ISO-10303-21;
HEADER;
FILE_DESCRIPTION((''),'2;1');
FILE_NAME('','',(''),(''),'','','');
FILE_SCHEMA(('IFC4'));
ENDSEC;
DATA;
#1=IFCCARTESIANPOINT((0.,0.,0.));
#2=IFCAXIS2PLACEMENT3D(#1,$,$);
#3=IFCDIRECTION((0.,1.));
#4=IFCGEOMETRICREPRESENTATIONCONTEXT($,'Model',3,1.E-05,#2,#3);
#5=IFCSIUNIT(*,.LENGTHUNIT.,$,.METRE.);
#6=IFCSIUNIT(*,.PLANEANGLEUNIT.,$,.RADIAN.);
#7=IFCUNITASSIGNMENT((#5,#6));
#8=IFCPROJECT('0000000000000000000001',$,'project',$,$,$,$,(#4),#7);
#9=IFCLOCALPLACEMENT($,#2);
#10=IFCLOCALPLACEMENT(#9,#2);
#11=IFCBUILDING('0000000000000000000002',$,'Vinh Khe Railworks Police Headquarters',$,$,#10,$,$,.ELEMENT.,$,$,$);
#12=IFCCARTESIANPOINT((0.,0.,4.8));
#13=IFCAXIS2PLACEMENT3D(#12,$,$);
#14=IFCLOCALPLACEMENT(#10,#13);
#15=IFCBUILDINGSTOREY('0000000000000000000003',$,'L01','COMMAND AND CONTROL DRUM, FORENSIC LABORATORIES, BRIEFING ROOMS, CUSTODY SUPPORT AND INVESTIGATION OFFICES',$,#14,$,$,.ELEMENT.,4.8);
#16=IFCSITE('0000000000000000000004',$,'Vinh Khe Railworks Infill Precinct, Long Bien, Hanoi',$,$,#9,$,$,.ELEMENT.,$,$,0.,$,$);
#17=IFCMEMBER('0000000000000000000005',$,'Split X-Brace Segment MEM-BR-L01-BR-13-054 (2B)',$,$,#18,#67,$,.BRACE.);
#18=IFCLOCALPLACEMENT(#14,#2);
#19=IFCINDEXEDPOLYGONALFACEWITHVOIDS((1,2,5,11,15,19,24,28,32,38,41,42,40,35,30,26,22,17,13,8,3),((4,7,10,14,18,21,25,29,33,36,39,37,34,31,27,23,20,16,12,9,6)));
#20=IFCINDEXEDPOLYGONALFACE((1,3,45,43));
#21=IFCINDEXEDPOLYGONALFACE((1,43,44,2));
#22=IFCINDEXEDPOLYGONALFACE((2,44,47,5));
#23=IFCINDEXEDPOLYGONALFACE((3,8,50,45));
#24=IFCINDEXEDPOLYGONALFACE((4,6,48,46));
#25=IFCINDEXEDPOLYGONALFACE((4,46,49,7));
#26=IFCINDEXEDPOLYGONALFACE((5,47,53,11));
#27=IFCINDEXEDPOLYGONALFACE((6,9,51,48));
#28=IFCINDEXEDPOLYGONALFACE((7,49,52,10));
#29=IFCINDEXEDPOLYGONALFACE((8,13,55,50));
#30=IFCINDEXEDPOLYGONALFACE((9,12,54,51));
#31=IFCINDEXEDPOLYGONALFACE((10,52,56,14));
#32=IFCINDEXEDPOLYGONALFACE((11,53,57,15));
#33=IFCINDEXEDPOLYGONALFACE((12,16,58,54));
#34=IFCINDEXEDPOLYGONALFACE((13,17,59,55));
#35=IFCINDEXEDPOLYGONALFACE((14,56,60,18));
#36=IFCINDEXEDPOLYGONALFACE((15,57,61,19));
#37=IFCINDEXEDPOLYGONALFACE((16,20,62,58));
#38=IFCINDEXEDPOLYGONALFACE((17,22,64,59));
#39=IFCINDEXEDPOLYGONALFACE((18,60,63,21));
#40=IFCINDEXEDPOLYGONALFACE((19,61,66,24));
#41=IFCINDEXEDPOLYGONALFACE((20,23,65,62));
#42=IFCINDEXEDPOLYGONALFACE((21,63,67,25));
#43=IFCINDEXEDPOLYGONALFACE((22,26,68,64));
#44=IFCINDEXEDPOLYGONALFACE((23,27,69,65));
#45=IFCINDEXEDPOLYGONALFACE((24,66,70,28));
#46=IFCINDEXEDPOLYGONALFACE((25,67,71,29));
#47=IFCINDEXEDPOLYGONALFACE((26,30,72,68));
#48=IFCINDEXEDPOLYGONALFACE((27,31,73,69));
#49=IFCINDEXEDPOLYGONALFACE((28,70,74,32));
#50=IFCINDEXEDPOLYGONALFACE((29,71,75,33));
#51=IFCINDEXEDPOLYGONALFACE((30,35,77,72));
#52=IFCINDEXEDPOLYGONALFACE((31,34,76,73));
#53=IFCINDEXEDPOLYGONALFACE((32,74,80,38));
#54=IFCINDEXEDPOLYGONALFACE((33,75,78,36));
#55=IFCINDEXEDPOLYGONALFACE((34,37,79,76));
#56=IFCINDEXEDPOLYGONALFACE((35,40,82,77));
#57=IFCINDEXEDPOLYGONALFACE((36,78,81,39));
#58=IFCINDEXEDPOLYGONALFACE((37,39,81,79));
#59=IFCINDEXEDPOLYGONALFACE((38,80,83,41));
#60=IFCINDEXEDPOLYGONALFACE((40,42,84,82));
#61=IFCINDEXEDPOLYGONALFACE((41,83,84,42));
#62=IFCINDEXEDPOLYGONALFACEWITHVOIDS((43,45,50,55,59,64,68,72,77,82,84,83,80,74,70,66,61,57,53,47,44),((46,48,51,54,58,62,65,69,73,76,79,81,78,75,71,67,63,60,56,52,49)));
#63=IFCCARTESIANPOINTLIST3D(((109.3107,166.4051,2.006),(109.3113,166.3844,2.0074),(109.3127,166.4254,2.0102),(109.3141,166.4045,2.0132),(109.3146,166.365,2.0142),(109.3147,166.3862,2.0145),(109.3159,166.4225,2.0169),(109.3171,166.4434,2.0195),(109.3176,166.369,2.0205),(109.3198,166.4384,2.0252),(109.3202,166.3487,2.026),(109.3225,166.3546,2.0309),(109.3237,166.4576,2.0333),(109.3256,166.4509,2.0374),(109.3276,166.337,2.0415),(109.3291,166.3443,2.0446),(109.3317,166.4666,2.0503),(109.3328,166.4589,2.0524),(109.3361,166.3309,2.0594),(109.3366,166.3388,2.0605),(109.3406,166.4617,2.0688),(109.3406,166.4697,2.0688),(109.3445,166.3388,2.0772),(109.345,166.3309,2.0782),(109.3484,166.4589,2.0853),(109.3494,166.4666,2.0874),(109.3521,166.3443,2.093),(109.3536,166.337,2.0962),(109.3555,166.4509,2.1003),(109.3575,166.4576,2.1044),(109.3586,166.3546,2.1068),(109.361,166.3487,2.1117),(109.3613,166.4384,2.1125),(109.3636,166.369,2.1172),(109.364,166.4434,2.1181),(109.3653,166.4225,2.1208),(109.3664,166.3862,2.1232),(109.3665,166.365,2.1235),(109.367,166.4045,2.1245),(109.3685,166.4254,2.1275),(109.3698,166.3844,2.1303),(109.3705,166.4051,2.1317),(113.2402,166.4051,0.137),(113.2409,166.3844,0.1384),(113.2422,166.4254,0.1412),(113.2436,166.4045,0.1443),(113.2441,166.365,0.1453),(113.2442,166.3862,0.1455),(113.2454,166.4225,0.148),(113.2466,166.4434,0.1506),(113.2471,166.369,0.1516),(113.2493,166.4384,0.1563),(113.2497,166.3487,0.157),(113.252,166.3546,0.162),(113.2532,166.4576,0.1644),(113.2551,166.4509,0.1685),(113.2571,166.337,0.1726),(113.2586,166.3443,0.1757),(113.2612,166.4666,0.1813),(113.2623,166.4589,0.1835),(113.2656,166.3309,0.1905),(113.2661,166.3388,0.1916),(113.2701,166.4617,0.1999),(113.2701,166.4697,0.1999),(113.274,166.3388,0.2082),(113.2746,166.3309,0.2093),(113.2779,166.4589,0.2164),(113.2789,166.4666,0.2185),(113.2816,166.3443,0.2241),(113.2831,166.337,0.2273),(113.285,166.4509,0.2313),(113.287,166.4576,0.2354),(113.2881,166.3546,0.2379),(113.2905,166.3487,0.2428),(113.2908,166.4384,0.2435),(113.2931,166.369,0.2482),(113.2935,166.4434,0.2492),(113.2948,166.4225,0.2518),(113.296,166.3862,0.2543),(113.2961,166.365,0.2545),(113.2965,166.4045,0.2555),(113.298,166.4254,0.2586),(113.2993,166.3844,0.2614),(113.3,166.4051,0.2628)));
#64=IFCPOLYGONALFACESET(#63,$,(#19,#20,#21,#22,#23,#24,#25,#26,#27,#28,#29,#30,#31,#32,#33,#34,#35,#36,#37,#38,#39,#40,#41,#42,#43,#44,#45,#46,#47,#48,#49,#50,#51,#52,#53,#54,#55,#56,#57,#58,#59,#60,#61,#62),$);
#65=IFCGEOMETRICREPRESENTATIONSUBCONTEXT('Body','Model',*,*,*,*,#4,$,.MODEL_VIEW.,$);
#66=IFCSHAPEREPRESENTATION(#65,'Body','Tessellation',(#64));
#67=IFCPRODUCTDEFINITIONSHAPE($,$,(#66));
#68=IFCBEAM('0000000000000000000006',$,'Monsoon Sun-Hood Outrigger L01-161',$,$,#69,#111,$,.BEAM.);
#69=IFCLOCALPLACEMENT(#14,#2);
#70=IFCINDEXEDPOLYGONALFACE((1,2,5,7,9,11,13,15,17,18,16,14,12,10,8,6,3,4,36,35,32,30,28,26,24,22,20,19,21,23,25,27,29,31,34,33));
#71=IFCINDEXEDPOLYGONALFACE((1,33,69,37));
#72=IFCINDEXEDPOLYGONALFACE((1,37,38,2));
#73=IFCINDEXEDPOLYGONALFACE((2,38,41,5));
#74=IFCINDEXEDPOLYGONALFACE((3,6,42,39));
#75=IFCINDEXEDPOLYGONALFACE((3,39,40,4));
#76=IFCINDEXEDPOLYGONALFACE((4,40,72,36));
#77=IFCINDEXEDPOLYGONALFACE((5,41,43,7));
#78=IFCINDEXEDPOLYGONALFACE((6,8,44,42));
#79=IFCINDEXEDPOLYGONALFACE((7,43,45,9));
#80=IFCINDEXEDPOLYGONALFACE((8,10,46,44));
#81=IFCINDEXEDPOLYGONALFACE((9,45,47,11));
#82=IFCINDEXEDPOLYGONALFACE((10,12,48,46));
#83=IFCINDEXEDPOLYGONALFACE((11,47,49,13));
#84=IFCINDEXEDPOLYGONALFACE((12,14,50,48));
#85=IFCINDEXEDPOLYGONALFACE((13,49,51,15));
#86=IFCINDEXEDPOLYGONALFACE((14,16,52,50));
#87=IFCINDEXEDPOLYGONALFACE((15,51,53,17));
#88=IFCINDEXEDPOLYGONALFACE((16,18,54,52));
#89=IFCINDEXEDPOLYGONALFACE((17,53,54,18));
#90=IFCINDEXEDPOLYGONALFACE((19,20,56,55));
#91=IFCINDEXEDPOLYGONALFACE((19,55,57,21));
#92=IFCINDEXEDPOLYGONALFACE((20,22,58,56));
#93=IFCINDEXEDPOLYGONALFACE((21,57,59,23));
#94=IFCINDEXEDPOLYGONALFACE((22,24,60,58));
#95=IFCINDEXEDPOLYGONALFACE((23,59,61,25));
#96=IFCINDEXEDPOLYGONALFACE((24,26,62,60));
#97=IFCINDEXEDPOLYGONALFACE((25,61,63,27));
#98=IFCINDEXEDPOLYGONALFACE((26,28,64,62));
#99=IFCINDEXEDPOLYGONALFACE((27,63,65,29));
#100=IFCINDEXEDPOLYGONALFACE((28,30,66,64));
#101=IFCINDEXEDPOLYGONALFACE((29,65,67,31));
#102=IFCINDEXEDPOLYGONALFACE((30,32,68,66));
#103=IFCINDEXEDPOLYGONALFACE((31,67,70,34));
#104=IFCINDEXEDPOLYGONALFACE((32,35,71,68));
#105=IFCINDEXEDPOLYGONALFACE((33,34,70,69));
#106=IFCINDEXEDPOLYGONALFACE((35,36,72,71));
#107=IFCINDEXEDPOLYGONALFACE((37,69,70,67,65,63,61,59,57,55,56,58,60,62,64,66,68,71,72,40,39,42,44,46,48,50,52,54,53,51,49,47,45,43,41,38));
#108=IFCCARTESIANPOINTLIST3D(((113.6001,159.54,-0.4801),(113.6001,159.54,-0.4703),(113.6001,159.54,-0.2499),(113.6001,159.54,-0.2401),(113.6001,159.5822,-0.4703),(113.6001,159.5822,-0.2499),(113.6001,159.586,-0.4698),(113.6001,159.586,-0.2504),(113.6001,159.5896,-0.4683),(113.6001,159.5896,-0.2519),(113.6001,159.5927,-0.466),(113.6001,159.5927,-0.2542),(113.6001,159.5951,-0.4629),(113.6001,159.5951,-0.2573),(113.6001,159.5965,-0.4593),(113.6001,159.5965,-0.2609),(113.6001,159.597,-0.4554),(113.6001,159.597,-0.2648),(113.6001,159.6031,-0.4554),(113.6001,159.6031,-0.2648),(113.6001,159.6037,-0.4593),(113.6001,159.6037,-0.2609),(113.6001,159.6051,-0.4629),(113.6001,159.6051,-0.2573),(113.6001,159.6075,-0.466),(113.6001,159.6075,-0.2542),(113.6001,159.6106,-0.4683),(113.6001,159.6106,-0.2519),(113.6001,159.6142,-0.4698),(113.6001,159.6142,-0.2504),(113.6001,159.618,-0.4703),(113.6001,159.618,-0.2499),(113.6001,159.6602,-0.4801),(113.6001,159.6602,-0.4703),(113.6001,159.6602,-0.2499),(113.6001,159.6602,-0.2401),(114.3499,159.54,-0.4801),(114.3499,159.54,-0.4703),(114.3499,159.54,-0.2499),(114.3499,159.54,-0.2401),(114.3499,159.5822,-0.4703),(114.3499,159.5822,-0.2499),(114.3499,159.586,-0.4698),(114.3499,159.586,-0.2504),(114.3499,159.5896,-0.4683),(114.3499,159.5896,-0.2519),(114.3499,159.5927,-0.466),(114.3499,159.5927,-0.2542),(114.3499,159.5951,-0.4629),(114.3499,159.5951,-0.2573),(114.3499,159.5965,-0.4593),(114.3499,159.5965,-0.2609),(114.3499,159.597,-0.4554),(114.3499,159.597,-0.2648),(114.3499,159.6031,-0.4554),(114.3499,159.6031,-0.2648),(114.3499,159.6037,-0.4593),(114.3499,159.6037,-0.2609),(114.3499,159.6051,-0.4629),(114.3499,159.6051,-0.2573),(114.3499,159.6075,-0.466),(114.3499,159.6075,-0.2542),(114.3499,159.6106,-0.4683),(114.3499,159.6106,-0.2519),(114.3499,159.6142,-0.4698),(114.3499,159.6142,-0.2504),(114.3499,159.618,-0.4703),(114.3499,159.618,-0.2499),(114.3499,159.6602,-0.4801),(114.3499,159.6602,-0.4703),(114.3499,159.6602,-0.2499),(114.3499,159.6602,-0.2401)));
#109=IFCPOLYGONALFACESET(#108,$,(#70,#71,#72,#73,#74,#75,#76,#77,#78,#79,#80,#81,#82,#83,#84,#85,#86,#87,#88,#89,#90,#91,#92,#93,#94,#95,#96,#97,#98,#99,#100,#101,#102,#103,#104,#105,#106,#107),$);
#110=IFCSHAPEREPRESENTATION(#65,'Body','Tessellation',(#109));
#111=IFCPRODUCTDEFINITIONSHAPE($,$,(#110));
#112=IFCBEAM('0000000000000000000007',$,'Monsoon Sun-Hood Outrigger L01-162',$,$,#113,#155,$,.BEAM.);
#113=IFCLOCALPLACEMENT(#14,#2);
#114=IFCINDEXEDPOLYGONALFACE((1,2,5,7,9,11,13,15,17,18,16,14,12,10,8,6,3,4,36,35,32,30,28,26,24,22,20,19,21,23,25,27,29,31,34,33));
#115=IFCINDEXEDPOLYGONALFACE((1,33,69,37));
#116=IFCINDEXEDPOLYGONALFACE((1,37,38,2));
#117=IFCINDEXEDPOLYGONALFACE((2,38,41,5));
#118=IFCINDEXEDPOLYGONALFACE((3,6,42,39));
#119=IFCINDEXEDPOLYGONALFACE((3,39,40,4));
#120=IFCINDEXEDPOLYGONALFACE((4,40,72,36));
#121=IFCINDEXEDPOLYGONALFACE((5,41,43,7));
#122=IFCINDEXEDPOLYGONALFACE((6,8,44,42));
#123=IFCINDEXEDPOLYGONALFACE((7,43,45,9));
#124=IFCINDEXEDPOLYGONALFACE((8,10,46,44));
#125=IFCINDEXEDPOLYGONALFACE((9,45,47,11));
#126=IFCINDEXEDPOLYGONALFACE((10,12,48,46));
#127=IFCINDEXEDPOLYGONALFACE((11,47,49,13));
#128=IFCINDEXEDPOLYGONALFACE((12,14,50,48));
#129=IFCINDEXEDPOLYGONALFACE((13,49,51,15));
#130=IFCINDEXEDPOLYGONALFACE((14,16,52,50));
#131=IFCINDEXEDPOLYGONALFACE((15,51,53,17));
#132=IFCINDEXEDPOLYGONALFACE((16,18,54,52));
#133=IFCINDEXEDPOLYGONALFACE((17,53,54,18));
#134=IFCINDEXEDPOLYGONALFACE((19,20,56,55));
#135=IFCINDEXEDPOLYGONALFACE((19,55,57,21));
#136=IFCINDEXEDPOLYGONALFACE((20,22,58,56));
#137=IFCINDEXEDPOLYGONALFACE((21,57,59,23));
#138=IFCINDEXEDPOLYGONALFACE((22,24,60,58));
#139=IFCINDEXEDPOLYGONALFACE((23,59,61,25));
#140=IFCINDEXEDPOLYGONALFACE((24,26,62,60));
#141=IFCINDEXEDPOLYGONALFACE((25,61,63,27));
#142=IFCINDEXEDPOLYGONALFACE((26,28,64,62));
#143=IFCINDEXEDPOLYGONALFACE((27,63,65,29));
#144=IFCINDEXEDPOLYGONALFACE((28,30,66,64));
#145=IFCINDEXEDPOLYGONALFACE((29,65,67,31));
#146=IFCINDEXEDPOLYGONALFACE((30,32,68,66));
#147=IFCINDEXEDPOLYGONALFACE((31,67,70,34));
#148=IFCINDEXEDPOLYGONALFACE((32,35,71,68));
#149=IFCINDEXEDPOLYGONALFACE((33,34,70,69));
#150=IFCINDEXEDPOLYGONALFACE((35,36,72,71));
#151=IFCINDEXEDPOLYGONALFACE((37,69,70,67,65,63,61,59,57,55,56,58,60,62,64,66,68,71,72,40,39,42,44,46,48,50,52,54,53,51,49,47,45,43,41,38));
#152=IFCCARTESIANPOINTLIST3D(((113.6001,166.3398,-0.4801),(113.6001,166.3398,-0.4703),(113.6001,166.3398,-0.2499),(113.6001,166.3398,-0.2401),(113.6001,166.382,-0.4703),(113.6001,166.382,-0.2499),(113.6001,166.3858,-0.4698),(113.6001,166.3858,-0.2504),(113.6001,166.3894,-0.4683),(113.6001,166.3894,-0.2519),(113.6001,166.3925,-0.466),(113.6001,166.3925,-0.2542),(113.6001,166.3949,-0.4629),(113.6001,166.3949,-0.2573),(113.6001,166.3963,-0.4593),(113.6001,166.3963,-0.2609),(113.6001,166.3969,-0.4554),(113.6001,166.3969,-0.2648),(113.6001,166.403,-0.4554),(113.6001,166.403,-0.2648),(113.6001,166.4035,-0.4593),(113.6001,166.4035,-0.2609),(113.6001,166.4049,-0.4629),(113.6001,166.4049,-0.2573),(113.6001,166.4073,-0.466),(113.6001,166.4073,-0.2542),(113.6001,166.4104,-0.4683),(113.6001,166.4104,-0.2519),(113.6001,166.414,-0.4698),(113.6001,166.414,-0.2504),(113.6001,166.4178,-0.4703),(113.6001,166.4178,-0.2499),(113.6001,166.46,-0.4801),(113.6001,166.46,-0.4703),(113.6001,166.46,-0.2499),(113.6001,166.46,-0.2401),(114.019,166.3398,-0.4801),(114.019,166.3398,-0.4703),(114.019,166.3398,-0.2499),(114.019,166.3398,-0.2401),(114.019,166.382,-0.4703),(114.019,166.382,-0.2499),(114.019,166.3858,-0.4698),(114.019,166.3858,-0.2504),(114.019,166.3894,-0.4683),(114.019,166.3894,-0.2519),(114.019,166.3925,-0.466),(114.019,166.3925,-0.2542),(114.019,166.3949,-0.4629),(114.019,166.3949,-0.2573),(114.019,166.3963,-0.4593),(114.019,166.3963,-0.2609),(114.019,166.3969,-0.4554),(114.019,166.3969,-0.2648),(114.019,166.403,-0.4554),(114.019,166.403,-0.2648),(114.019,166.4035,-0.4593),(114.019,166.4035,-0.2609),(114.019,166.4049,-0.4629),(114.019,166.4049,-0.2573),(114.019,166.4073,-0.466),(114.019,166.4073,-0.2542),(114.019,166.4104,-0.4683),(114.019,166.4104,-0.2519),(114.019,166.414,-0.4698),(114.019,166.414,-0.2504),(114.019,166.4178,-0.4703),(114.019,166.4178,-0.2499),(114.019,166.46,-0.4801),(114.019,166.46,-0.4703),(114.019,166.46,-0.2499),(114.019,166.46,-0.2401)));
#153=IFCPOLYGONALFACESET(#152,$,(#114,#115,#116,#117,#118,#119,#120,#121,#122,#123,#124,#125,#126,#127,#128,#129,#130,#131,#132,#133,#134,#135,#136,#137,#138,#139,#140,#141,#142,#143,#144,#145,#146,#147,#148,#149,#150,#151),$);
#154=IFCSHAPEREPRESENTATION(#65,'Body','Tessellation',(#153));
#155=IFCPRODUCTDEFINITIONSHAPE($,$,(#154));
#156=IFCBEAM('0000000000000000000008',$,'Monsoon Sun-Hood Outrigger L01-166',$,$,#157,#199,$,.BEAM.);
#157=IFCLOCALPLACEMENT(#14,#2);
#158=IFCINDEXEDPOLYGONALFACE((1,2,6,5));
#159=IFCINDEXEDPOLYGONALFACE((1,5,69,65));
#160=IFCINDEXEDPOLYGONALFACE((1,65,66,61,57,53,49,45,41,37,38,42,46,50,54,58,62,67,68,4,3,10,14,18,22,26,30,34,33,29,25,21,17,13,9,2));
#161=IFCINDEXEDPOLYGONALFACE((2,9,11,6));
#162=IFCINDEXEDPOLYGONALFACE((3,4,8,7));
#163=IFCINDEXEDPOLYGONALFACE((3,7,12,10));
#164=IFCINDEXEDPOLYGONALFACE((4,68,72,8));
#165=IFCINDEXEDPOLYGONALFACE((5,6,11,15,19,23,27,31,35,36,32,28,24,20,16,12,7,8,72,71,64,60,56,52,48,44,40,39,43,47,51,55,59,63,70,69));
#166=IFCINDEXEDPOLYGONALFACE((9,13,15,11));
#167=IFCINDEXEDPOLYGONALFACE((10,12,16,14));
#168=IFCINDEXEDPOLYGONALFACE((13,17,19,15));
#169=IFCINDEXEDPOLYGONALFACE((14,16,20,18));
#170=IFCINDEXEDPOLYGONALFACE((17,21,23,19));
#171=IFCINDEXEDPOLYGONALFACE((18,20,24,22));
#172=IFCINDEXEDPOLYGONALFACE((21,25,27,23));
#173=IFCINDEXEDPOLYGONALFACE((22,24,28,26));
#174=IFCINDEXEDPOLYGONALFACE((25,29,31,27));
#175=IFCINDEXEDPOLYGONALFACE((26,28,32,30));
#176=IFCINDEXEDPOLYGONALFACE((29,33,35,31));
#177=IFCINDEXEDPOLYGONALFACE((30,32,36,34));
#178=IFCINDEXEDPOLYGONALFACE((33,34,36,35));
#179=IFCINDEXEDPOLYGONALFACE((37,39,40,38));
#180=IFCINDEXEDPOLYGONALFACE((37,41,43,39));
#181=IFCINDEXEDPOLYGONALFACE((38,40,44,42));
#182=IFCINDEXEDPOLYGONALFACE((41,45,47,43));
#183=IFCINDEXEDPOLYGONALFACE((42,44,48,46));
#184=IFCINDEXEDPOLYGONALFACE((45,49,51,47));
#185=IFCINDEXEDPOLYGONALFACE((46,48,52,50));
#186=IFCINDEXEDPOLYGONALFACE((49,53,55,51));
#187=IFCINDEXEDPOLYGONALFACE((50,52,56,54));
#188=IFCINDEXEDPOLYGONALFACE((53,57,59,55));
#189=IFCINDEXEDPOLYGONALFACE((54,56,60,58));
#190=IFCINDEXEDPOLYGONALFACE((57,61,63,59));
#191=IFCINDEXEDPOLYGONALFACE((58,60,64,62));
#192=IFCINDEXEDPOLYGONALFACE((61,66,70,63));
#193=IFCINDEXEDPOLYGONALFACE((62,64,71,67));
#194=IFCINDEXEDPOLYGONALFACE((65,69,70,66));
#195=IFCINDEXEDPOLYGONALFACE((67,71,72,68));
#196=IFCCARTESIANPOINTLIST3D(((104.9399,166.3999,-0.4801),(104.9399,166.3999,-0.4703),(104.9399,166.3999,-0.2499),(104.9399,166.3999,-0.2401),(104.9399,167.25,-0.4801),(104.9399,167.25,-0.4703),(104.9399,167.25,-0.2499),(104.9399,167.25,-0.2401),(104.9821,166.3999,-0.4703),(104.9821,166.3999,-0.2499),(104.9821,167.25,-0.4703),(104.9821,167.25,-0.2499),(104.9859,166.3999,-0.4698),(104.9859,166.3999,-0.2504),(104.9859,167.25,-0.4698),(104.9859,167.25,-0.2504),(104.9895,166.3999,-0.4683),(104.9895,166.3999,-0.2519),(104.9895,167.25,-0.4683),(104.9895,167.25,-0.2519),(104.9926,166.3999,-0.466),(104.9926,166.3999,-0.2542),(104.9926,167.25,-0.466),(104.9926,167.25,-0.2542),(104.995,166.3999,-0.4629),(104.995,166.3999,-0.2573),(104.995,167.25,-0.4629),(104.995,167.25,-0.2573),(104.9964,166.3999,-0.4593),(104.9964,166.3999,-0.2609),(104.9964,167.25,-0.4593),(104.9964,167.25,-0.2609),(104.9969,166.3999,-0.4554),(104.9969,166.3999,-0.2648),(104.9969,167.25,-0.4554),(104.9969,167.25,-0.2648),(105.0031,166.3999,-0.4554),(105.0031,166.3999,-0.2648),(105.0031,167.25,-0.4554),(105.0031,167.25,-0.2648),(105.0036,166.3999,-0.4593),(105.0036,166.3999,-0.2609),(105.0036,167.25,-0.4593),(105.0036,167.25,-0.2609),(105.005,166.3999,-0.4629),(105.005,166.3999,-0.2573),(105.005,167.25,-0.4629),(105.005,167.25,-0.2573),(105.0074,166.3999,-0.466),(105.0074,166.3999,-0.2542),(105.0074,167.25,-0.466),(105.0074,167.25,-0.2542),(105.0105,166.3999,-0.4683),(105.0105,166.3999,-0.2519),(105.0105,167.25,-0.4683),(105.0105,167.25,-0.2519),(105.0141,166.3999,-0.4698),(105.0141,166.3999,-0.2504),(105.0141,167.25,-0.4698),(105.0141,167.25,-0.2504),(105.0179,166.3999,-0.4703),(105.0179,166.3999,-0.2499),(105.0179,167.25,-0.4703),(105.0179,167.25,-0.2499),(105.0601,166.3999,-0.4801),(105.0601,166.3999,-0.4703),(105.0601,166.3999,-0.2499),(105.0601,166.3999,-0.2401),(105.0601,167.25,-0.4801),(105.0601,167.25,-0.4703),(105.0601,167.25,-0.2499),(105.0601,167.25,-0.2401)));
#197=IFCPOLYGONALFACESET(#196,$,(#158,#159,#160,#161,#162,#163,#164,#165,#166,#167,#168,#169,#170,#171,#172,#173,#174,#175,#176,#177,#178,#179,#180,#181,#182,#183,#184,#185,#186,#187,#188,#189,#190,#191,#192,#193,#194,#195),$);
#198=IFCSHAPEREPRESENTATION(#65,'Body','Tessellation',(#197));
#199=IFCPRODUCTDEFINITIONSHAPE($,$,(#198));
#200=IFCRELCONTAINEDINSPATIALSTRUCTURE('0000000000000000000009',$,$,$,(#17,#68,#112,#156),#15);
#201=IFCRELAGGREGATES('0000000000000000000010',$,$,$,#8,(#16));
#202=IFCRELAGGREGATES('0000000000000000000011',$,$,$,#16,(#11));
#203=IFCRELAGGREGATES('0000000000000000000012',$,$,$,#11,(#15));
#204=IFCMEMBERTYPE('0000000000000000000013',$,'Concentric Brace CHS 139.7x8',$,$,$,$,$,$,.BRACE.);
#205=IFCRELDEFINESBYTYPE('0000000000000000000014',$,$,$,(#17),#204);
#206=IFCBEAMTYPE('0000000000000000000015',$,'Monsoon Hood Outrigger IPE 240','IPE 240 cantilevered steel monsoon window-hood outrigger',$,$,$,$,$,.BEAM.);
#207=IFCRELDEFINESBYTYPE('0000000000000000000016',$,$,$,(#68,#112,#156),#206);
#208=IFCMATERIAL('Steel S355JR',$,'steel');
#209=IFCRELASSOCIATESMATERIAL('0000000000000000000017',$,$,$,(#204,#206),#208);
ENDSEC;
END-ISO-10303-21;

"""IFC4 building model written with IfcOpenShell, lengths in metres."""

from ifc_helpers import new_model, si_unit, direction, frame, origin, origin_2d, place, context, subcontext, project, spatial, hollow_circle, i_section, extrude, material, material_profile, profile_set, type_object, element, save


model = new_model("IFC4")

# Units and contexts
model_context = context("Model", 3, precision=1e-05, world=origin(), true_north=direction((0.0, 1.0)))
body_context = subcontext(model_context, "Body", "Model", "MODEL_VIEW")
ifc_project = project(units=[si_unit("LENGTHUNIT", "METRE"), si_unit("PLANEANGLEUNIT", "RADIAN")], contexts=[model_context])

# Site, building, storey
site_placement = place(None, origin())
site = spatial("IfcSite", under=ifc_project, at=site_placement, Name="Vinh Khe Railworks Infill Precinct, Long Bien, Hanoi", CompositionType="ELEMENT", RefElevation=0.0)
building_placement = place(site_placement, origin())
building = spatial("IfcBuilding", under=site, at=building_placement, Name="Vinh Khe Railworks Police Headquarters", CompositionType="ELEMENT")
storey_placement = place(building_placement, frame((0.0, 0.0, 4.8)))
storey = spatial("IfcBuildingStorey", under=building, at=storey_placement, Name="L01", Description="COMMAND AND CONTROL DRUM, FORENSIC LABORATORIES, BRIEFING ROOMS, CUSTODY SUPPORT AND INVESTIGATION OFFICES", CompositionType="ELEMENT", Elevation=4.8)

# Member
ifc_material_1 = material(Name="Steel S355JR", Category="steel")
ifc_material_profile_1 = material_profile(ifc_material_1, hollow_circle(Radius=0.0698, WallThickness=0.0081, at=origin_2d()), Name="CHS 139.7x8")
ifc_profile_set_1 = profile_set([ifc_material_profile_1], Name="Steel S355JR")
member_type = type_object("IfcMemberType", Name="Concentric Brace CHS 139.7x8", PredefinedType="BRACE", material=ifc_profile_set_1)
for number, where, z_axis, x_axis, name in (
    (1, (109.3406, 166.3999, 2.0688), (0.903063, 0.0, -0.429509), (0.0, 1.0, 0.0), "Split X-Brace Segment MEM-BR-L01-BR-13-054 (2B)"),
):
    element("IfcMember", number, at=place(storey_placement, frame(where, z_axis=z_axis, x_axis=x_axis)), inside=storey, type_object=member_type, Name=name, PredefinedType="BRACE", context=body_context, shape_type="SweptSolid", body=[
        extrude(hollow_circle(Radius=0.0698, WallThickness=0.0081, at=origin_2d()), origin(), (0.0, 0.0, 1.0), 4.3513),
    ])

# Beams
ifc_material_profile_2 = material_profile(ifc_material_1, i_section(OverallWidth=0.1201, OverallDepth=0.24, WebThickness=0.0061, FlangeThickness=0.0098, FilletRadius=0.0149, at=origin_2d()), Name="IPE 240")
ifc_profile_set_2 = profile_set([ifc_material_profile_2], Name="Steel S355JR")
beam_type_1 = type_object("IfcBeamType", Name="Monsoon Hood Outrigger IPE 240", Description="IPE 240 cantilevered steel monsoon window-hood outrigger", PredefinedType="BEAM", material=ifc_profile_set_2)
beam_1_placement = place(storey_placement, frame((113.6001, 159.6001, -0.3601), z_axis=(1.0, 0.0, 0.0), x_axis=(0.0, 1.0, 0.0)))
element("IfcBeam", 2, at=beam_1_placement, inside=storey, type_object=beam_type_1, Name="Monsoon Sun-Hood Outrigger L01-161", PredefinedType="BEAM", context=body_context, shape_type="SweptSolid", body=[
    extrude(i_section(OverallWidth=0.1201, OverallDepth=0.24, WebThickness=0.0061, FlangeThickness=0.0098, FilletRadius=0.0149, at=origin_2d()), origin(), (0.0, 0.0, 1.0), 0.7498),
])
beam_2_placement = place(storey_placement, frame((113.6001, 166.3999, -0.3601), z_axis=(1.0, 0.0, 0.0), x_axis=(0.0, 1.0, 0.0)))
element("IfcBeam", 3, at=beam_2_placement, inside=storey, type_object=beam_type_1, Name="Monsoon Sun-Hood Outrigger L01-162", PredefinedType="BEAM", context=body_context, shape_type="SweptSolid", body=[
    extrude(i_section(OverallWidth=0.1201, OverallDepth=0.24, WebThickness=0.0061, FlangeThickness=0.0098, FilletRadius=0.0149, at=origin_2d()), origin(), (0.0, 0.0, 1.0), 0.4189),
])
beam_3_placement = place(storey_placement, frame((105.0, 166.3999, -0.3601), z_axis=(0.0, 1.0, 0.0), x_axis=(-1.0, 0.0, 0.0)))
element("IfcBeam", 4, at=beam_3_placement, inside=storey, type_object=beam_type_1, Name="Monsoon Sun-Hood Outrigger L01-166", PredefinedType="BEAM", context=body_context, shape_type="SweptSolid", body=[
    extrude(i_section(OverallWidth=0.1201, OverallDepth=0.24, WebThickness=0.0061, FlangeThickness=0.0098, FilletRadius=0.0149, at=origin_2d()), origin(), (0.0, 0.0, 1.0), 0.8501),
])

save(model, "model.ifc")
